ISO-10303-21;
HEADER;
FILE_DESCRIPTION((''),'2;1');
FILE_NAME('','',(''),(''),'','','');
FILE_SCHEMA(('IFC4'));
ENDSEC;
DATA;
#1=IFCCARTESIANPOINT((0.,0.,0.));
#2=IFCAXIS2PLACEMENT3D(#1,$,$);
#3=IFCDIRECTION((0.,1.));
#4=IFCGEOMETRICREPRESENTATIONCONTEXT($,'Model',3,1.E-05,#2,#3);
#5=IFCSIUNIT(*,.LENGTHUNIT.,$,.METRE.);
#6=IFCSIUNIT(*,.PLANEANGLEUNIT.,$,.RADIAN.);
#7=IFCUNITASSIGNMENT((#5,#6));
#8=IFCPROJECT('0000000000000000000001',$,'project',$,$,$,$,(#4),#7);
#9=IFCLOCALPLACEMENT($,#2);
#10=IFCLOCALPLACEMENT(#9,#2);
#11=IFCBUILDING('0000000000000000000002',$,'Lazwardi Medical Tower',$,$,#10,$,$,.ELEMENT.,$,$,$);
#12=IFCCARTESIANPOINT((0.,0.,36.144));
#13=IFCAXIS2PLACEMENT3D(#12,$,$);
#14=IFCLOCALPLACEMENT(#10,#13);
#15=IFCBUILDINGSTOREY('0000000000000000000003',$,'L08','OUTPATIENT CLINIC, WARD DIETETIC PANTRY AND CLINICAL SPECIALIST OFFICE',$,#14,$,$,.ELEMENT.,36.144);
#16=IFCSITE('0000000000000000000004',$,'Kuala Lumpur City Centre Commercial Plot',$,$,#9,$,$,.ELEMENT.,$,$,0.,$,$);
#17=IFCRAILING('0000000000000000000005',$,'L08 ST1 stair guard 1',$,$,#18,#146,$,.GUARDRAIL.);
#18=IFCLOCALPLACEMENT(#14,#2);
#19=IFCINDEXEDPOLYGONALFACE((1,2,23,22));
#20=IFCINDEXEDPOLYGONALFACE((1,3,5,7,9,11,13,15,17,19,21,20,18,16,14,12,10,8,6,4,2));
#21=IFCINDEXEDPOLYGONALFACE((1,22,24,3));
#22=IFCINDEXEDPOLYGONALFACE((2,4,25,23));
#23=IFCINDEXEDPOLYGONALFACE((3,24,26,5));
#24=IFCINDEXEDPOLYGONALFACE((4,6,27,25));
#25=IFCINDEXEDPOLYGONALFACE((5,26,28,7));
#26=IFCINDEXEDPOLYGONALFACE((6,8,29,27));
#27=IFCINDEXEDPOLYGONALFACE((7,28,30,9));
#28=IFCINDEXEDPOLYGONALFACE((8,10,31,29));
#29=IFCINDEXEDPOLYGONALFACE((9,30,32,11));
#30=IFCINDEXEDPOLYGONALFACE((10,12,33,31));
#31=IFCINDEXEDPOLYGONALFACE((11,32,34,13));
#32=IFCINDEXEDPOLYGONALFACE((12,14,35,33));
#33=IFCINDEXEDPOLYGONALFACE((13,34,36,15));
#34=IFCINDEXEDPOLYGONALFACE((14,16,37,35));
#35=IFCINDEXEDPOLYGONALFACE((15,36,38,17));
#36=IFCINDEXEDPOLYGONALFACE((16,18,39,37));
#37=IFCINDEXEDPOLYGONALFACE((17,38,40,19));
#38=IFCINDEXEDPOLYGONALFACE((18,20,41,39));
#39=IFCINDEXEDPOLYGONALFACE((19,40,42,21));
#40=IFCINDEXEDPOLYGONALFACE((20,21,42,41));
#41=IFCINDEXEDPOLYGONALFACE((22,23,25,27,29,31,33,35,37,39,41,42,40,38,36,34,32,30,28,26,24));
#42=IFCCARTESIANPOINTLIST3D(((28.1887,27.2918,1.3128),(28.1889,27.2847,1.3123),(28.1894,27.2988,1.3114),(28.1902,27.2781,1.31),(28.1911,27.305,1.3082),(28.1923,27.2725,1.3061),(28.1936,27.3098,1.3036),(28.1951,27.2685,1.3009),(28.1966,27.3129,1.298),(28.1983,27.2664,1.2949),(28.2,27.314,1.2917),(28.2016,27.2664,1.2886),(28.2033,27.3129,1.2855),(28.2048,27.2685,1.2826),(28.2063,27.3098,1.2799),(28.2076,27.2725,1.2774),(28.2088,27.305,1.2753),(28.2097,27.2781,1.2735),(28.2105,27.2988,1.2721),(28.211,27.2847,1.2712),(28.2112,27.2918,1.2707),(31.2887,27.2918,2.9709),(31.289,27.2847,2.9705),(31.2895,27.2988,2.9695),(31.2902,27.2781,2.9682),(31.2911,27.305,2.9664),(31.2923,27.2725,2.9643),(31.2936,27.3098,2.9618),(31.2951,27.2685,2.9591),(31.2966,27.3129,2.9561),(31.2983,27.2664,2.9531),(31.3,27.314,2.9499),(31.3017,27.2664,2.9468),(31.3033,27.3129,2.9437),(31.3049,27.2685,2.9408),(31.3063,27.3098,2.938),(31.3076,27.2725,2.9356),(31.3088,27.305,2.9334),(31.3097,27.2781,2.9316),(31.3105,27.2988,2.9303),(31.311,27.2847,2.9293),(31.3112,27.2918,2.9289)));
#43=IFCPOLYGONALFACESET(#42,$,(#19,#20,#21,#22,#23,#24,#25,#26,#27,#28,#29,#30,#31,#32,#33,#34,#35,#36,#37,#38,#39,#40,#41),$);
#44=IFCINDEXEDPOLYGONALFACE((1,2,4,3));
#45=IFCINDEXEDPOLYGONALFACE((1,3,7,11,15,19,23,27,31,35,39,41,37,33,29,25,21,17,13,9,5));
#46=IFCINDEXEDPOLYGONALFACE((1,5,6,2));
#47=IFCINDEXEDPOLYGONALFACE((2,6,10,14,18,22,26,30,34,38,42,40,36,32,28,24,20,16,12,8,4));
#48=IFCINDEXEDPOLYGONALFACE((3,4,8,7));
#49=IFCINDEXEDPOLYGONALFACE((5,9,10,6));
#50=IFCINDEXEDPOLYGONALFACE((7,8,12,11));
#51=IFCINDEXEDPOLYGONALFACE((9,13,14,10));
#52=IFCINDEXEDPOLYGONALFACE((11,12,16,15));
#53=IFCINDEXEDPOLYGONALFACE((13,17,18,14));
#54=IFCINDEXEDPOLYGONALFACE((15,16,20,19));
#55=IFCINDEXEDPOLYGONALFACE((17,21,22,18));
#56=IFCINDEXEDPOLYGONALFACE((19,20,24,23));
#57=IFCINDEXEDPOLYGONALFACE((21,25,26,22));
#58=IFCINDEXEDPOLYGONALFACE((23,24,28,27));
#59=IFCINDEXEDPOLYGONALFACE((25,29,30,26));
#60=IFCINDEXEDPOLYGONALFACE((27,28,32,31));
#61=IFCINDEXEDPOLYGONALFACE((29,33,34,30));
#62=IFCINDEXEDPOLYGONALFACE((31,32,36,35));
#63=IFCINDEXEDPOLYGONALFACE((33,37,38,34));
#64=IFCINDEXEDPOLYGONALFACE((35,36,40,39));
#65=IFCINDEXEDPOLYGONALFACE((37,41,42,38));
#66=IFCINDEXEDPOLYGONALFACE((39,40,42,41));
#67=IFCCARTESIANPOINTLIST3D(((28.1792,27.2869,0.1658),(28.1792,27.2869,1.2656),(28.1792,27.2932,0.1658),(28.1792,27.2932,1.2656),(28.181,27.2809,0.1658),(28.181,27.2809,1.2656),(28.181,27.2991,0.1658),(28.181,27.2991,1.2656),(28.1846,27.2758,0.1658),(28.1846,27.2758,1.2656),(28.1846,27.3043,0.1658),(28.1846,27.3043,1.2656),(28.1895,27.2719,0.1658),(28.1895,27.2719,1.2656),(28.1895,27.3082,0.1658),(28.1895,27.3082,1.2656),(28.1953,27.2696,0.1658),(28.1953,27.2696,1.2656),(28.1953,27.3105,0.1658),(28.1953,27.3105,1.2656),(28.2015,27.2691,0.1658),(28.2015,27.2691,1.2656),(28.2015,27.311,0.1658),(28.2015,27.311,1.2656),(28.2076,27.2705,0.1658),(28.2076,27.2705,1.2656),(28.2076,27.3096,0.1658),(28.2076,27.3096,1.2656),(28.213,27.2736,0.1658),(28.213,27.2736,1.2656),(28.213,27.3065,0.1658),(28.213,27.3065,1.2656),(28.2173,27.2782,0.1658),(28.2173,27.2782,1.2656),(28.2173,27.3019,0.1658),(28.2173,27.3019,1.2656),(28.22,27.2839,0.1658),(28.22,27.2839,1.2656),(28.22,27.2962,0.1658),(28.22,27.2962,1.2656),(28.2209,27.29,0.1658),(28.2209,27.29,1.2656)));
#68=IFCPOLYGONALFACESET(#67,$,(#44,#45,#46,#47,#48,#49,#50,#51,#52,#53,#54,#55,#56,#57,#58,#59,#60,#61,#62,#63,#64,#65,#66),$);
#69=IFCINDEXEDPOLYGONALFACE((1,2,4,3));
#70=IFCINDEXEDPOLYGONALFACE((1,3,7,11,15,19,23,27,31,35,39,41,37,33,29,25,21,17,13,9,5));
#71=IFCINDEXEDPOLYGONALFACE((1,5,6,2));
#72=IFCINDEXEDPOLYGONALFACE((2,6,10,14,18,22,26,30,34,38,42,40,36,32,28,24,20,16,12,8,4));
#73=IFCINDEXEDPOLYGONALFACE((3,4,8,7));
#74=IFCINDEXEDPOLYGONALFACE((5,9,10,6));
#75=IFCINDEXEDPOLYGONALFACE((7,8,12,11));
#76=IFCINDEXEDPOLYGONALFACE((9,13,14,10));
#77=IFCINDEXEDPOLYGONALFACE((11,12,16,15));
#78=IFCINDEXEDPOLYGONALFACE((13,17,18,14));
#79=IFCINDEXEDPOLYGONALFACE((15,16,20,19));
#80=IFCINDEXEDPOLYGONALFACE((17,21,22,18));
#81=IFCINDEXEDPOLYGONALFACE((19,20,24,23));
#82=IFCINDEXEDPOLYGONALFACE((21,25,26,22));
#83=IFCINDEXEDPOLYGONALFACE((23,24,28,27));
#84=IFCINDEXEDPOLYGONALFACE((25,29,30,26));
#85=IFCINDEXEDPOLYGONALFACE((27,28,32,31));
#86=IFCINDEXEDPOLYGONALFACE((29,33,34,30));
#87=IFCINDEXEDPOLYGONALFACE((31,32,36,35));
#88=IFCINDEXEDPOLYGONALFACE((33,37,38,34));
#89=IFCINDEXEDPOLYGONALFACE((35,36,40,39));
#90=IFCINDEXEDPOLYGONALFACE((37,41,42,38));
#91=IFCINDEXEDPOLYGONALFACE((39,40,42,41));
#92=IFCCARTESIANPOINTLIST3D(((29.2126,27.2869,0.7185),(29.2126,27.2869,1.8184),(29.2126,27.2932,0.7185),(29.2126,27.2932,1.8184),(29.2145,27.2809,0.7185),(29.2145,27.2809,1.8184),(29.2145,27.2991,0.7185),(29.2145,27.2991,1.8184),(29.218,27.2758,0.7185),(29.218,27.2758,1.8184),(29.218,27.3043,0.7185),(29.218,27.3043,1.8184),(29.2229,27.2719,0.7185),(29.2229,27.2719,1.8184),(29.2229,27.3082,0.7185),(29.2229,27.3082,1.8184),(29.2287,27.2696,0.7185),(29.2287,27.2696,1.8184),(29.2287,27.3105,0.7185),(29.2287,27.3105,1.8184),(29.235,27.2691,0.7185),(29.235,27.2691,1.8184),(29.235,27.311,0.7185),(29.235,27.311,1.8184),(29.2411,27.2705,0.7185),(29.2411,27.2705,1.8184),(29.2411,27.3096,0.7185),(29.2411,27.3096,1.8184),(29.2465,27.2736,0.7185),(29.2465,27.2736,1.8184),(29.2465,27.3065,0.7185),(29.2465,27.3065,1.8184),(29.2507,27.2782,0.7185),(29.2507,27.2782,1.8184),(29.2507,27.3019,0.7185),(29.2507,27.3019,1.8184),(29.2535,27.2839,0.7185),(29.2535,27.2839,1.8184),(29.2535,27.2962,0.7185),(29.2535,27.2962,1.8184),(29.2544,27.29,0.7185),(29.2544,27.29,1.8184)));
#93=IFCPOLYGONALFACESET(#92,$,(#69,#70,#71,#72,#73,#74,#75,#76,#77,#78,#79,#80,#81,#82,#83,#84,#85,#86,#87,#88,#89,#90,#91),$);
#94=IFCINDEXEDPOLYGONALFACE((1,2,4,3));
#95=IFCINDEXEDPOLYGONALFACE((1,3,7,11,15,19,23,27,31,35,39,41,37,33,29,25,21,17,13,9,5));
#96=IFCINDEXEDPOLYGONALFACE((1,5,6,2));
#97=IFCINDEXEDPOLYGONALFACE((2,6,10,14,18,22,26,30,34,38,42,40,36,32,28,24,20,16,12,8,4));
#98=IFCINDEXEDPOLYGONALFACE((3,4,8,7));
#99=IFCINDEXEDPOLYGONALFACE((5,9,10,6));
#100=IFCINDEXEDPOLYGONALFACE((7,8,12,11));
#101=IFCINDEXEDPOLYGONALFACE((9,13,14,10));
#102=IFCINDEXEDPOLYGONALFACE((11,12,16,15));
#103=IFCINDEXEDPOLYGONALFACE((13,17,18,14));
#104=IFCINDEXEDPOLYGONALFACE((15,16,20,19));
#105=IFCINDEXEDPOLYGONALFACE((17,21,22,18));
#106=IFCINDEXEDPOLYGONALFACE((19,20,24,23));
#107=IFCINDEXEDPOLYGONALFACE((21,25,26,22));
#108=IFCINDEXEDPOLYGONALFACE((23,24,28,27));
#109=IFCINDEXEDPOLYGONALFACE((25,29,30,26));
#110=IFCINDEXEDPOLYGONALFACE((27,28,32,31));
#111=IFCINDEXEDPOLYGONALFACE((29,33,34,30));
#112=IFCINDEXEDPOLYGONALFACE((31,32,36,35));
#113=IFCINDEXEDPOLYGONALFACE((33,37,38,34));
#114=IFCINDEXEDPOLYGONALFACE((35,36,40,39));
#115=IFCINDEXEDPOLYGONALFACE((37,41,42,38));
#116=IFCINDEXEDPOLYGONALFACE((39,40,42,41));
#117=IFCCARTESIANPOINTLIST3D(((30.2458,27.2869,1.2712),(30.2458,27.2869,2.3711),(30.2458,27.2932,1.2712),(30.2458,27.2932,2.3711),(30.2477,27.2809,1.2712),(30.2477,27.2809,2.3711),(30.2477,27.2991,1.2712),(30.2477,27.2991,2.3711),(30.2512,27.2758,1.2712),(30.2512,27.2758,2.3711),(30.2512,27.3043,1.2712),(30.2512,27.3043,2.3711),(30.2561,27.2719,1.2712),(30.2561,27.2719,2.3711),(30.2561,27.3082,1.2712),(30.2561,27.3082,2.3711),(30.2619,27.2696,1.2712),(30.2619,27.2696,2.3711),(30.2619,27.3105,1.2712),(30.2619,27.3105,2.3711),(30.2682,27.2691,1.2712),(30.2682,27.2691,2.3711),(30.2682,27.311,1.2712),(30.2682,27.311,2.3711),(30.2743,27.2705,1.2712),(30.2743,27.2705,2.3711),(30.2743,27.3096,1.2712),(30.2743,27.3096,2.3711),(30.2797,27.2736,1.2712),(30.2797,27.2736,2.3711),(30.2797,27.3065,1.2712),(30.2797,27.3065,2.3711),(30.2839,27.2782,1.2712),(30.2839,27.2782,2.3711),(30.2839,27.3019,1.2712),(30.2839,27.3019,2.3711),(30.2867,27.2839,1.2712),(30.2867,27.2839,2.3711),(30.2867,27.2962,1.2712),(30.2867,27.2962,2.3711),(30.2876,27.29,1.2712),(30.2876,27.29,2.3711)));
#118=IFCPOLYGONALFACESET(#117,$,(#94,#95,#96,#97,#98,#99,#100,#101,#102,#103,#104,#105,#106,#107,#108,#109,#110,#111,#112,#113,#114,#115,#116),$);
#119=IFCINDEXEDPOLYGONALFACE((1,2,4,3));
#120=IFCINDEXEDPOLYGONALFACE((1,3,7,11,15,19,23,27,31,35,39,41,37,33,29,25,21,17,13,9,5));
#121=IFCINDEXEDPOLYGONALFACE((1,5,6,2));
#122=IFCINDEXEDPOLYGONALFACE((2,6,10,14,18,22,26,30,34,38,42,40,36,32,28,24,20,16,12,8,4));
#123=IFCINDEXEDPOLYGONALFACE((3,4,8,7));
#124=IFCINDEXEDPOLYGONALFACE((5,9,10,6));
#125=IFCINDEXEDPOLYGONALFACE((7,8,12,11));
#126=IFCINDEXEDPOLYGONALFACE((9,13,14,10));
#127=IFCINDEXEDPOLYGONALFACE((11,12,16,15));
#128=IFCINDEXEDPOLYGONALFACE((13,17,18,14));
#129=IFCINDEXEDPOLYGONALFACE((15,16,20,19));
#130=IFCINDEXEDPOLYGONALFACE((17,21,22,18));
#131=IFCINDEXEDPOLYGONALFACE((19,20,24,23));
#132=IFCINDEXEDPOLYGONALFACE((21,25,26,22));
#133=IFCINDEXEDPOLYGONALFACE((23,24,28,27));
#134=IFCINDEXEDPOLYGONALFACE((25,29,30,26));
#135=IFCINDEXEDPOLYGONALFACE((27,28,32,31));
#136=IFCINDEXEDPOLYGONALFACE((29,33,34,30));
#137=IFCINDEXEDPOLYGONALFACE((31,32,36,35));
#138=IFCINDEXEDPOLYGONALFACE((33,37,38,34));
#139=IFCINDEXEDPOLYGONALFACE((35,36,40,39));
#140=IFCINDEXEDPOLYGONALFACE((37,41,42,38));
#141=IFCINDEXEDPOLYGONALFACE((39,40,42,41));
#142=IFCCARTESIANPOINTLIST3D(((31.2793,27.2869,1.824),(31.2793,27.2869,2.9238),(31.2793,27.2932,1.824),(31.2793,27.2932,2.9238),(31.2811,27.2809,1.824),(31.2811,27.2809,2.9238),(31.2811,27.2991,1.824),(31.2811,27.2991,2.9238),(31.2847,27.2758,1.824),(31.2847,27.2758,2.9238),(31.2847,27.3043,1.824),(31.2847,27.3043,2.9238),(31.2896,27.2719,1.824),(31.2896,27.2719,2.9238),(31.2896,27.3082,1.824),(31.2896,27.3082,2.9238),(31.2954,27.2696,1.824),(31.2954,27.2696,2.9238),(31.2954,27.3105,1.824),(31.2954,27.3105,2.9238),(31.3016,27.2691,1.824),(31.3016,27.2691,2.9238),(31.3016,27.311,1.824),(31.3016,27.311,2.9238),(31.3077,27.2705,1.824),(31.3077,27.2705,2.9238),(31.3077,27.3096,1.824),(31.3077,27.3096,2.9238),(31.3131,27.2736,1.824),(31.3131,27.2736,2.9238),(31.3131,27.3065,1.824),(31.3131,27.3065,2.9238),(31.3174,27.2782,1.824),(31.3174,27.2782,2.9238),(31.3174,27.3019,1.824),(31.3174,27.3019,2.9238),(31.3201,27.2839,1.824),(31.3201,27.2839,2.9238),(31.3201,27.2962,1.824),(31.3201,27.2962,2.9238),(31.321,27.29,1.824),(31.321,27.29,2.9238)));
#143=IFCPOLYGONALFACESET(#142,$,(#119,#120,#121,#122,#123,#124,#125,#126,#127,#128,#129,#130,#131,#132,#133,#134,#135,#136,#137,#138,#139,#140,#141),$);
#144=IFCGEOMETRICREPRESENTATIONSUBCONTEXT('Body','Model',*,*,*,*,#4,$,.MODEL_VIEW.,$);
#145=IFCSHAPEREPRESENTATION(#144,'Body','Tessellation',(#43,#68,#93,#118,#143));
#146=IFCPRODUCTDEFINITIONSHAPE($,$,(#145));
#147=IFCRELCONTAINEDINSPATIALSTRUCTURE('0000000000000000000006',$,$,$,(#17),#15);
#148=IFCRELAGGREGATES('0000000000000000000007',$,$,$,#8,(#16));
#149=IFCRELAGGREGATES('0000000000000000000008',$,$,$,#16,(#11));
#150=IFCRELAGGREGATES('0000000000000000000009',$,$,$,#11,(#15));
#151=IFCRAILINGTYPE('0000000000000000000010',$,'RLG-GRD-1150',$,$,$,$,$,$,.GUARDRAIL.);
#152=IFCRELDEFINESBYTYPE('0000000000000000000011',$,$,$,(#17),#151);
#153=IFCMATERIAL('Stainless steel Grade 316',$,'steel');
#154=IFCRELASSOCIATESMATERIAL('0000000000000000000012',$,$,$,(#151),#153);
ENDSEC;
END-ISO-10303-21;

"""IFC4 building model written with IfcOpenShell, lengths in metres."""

from ifc_helpers import new_model, si_unit, direction, frame, origin, origin_2d, place, context, subcontext, project, spatial, circle, extrude, material, type_object, element, save


model = new_model("IFC4")

# Units and contexts
model_context = context("Model", 3, precision=1e-05, world=origin(), true_north=direction((0.0, 1.0)))
body_context = subcontext(model_context, "Body", "Model", "MODEL_VIEW")
ifc_project = project(units=[si_unit("LENGTHUNIT", "METRE"), si_unit("PLANEANGLEUNIT", "RADIAN")], contexts=[model_context])

# Site, building, storey
site_placement = place(None, origin())
site = spatial("IfcSite", under=ifc_project, at=site_placement, Name="Kuala Lumpur City Centre Commercial Plot", CompositionType="ELEMENT", RefElevation=0.0)
building_placement = place(site_placement, origin())
building = spatial("IfcBuilding", under=site, at=building_placement, Name="Lazwardi Medical Tower", CompositionType="ELEMENT")
storey_placement = place(building_placement, frame((0.0, 0.0, 36.144)))
storey = spatial("IfcBuildingStorey", under=building, at=storey_placement, Name="L08", Description="OUTPATIENT CLINIC, WARD DIETETIC PANTRY AND CLINICAL SPECIALIST OFFICE", CompositionType="ELEMENT", Elevation=36.144)

# Railing
ifc_material_1 = material(Name="Stainless steel Grade 316", Category="steel")
railing_type_1 = type_object("IfcRailingType", Name="RLG-GRD-1150", PredefinedType="GUARDRAIL", material=ifc_material_1)
railing_1_placement = place(storey_placement, frame((28.2, 27.29, 0.1658)))
element("IfcRailing", 1, at=railing_1_placement, inside=storey, type_object=railing_type_1, Name="L08 ST1 stair guard 1", PredefinedType="GUARDRAIL", context=body_context, shape_type="SweptSolid", body=[
    extrude(circle(Radius=0.0239, at=origin_2d()), frame((0.0, 0.0, 1.126), z_axis=(0.881783, 0.0, 0.471655), x_axis=(0.0, 1.0, 0.0)), (0.0, 0.0, 1.0), 3.5156),
    extrude(circle(Radius=0.021, at=origin_2d()), origin(), (0.0, 0.0, 1.0), 1.0999),
    extrude(circle(Radius=0.021, at=origin_2d()), frame((1.0334, 0.0, 0.5527)), (0.0, 0.0, 1.0), 1.0999),
    extrude(circle(Radius=0.021, at=origin_2d()), frame((2.0667, 0.0, 1.1055)), (0.0, 0.0, 1.0), 1.0999),
    extrude(circle(Radius=0.021, at=origin_2d()), frame((3.1001, 0.0, 1.6582)), (0.0, 0.0, 1.0), 1.0999),
])

save(model, "model.ifc")
